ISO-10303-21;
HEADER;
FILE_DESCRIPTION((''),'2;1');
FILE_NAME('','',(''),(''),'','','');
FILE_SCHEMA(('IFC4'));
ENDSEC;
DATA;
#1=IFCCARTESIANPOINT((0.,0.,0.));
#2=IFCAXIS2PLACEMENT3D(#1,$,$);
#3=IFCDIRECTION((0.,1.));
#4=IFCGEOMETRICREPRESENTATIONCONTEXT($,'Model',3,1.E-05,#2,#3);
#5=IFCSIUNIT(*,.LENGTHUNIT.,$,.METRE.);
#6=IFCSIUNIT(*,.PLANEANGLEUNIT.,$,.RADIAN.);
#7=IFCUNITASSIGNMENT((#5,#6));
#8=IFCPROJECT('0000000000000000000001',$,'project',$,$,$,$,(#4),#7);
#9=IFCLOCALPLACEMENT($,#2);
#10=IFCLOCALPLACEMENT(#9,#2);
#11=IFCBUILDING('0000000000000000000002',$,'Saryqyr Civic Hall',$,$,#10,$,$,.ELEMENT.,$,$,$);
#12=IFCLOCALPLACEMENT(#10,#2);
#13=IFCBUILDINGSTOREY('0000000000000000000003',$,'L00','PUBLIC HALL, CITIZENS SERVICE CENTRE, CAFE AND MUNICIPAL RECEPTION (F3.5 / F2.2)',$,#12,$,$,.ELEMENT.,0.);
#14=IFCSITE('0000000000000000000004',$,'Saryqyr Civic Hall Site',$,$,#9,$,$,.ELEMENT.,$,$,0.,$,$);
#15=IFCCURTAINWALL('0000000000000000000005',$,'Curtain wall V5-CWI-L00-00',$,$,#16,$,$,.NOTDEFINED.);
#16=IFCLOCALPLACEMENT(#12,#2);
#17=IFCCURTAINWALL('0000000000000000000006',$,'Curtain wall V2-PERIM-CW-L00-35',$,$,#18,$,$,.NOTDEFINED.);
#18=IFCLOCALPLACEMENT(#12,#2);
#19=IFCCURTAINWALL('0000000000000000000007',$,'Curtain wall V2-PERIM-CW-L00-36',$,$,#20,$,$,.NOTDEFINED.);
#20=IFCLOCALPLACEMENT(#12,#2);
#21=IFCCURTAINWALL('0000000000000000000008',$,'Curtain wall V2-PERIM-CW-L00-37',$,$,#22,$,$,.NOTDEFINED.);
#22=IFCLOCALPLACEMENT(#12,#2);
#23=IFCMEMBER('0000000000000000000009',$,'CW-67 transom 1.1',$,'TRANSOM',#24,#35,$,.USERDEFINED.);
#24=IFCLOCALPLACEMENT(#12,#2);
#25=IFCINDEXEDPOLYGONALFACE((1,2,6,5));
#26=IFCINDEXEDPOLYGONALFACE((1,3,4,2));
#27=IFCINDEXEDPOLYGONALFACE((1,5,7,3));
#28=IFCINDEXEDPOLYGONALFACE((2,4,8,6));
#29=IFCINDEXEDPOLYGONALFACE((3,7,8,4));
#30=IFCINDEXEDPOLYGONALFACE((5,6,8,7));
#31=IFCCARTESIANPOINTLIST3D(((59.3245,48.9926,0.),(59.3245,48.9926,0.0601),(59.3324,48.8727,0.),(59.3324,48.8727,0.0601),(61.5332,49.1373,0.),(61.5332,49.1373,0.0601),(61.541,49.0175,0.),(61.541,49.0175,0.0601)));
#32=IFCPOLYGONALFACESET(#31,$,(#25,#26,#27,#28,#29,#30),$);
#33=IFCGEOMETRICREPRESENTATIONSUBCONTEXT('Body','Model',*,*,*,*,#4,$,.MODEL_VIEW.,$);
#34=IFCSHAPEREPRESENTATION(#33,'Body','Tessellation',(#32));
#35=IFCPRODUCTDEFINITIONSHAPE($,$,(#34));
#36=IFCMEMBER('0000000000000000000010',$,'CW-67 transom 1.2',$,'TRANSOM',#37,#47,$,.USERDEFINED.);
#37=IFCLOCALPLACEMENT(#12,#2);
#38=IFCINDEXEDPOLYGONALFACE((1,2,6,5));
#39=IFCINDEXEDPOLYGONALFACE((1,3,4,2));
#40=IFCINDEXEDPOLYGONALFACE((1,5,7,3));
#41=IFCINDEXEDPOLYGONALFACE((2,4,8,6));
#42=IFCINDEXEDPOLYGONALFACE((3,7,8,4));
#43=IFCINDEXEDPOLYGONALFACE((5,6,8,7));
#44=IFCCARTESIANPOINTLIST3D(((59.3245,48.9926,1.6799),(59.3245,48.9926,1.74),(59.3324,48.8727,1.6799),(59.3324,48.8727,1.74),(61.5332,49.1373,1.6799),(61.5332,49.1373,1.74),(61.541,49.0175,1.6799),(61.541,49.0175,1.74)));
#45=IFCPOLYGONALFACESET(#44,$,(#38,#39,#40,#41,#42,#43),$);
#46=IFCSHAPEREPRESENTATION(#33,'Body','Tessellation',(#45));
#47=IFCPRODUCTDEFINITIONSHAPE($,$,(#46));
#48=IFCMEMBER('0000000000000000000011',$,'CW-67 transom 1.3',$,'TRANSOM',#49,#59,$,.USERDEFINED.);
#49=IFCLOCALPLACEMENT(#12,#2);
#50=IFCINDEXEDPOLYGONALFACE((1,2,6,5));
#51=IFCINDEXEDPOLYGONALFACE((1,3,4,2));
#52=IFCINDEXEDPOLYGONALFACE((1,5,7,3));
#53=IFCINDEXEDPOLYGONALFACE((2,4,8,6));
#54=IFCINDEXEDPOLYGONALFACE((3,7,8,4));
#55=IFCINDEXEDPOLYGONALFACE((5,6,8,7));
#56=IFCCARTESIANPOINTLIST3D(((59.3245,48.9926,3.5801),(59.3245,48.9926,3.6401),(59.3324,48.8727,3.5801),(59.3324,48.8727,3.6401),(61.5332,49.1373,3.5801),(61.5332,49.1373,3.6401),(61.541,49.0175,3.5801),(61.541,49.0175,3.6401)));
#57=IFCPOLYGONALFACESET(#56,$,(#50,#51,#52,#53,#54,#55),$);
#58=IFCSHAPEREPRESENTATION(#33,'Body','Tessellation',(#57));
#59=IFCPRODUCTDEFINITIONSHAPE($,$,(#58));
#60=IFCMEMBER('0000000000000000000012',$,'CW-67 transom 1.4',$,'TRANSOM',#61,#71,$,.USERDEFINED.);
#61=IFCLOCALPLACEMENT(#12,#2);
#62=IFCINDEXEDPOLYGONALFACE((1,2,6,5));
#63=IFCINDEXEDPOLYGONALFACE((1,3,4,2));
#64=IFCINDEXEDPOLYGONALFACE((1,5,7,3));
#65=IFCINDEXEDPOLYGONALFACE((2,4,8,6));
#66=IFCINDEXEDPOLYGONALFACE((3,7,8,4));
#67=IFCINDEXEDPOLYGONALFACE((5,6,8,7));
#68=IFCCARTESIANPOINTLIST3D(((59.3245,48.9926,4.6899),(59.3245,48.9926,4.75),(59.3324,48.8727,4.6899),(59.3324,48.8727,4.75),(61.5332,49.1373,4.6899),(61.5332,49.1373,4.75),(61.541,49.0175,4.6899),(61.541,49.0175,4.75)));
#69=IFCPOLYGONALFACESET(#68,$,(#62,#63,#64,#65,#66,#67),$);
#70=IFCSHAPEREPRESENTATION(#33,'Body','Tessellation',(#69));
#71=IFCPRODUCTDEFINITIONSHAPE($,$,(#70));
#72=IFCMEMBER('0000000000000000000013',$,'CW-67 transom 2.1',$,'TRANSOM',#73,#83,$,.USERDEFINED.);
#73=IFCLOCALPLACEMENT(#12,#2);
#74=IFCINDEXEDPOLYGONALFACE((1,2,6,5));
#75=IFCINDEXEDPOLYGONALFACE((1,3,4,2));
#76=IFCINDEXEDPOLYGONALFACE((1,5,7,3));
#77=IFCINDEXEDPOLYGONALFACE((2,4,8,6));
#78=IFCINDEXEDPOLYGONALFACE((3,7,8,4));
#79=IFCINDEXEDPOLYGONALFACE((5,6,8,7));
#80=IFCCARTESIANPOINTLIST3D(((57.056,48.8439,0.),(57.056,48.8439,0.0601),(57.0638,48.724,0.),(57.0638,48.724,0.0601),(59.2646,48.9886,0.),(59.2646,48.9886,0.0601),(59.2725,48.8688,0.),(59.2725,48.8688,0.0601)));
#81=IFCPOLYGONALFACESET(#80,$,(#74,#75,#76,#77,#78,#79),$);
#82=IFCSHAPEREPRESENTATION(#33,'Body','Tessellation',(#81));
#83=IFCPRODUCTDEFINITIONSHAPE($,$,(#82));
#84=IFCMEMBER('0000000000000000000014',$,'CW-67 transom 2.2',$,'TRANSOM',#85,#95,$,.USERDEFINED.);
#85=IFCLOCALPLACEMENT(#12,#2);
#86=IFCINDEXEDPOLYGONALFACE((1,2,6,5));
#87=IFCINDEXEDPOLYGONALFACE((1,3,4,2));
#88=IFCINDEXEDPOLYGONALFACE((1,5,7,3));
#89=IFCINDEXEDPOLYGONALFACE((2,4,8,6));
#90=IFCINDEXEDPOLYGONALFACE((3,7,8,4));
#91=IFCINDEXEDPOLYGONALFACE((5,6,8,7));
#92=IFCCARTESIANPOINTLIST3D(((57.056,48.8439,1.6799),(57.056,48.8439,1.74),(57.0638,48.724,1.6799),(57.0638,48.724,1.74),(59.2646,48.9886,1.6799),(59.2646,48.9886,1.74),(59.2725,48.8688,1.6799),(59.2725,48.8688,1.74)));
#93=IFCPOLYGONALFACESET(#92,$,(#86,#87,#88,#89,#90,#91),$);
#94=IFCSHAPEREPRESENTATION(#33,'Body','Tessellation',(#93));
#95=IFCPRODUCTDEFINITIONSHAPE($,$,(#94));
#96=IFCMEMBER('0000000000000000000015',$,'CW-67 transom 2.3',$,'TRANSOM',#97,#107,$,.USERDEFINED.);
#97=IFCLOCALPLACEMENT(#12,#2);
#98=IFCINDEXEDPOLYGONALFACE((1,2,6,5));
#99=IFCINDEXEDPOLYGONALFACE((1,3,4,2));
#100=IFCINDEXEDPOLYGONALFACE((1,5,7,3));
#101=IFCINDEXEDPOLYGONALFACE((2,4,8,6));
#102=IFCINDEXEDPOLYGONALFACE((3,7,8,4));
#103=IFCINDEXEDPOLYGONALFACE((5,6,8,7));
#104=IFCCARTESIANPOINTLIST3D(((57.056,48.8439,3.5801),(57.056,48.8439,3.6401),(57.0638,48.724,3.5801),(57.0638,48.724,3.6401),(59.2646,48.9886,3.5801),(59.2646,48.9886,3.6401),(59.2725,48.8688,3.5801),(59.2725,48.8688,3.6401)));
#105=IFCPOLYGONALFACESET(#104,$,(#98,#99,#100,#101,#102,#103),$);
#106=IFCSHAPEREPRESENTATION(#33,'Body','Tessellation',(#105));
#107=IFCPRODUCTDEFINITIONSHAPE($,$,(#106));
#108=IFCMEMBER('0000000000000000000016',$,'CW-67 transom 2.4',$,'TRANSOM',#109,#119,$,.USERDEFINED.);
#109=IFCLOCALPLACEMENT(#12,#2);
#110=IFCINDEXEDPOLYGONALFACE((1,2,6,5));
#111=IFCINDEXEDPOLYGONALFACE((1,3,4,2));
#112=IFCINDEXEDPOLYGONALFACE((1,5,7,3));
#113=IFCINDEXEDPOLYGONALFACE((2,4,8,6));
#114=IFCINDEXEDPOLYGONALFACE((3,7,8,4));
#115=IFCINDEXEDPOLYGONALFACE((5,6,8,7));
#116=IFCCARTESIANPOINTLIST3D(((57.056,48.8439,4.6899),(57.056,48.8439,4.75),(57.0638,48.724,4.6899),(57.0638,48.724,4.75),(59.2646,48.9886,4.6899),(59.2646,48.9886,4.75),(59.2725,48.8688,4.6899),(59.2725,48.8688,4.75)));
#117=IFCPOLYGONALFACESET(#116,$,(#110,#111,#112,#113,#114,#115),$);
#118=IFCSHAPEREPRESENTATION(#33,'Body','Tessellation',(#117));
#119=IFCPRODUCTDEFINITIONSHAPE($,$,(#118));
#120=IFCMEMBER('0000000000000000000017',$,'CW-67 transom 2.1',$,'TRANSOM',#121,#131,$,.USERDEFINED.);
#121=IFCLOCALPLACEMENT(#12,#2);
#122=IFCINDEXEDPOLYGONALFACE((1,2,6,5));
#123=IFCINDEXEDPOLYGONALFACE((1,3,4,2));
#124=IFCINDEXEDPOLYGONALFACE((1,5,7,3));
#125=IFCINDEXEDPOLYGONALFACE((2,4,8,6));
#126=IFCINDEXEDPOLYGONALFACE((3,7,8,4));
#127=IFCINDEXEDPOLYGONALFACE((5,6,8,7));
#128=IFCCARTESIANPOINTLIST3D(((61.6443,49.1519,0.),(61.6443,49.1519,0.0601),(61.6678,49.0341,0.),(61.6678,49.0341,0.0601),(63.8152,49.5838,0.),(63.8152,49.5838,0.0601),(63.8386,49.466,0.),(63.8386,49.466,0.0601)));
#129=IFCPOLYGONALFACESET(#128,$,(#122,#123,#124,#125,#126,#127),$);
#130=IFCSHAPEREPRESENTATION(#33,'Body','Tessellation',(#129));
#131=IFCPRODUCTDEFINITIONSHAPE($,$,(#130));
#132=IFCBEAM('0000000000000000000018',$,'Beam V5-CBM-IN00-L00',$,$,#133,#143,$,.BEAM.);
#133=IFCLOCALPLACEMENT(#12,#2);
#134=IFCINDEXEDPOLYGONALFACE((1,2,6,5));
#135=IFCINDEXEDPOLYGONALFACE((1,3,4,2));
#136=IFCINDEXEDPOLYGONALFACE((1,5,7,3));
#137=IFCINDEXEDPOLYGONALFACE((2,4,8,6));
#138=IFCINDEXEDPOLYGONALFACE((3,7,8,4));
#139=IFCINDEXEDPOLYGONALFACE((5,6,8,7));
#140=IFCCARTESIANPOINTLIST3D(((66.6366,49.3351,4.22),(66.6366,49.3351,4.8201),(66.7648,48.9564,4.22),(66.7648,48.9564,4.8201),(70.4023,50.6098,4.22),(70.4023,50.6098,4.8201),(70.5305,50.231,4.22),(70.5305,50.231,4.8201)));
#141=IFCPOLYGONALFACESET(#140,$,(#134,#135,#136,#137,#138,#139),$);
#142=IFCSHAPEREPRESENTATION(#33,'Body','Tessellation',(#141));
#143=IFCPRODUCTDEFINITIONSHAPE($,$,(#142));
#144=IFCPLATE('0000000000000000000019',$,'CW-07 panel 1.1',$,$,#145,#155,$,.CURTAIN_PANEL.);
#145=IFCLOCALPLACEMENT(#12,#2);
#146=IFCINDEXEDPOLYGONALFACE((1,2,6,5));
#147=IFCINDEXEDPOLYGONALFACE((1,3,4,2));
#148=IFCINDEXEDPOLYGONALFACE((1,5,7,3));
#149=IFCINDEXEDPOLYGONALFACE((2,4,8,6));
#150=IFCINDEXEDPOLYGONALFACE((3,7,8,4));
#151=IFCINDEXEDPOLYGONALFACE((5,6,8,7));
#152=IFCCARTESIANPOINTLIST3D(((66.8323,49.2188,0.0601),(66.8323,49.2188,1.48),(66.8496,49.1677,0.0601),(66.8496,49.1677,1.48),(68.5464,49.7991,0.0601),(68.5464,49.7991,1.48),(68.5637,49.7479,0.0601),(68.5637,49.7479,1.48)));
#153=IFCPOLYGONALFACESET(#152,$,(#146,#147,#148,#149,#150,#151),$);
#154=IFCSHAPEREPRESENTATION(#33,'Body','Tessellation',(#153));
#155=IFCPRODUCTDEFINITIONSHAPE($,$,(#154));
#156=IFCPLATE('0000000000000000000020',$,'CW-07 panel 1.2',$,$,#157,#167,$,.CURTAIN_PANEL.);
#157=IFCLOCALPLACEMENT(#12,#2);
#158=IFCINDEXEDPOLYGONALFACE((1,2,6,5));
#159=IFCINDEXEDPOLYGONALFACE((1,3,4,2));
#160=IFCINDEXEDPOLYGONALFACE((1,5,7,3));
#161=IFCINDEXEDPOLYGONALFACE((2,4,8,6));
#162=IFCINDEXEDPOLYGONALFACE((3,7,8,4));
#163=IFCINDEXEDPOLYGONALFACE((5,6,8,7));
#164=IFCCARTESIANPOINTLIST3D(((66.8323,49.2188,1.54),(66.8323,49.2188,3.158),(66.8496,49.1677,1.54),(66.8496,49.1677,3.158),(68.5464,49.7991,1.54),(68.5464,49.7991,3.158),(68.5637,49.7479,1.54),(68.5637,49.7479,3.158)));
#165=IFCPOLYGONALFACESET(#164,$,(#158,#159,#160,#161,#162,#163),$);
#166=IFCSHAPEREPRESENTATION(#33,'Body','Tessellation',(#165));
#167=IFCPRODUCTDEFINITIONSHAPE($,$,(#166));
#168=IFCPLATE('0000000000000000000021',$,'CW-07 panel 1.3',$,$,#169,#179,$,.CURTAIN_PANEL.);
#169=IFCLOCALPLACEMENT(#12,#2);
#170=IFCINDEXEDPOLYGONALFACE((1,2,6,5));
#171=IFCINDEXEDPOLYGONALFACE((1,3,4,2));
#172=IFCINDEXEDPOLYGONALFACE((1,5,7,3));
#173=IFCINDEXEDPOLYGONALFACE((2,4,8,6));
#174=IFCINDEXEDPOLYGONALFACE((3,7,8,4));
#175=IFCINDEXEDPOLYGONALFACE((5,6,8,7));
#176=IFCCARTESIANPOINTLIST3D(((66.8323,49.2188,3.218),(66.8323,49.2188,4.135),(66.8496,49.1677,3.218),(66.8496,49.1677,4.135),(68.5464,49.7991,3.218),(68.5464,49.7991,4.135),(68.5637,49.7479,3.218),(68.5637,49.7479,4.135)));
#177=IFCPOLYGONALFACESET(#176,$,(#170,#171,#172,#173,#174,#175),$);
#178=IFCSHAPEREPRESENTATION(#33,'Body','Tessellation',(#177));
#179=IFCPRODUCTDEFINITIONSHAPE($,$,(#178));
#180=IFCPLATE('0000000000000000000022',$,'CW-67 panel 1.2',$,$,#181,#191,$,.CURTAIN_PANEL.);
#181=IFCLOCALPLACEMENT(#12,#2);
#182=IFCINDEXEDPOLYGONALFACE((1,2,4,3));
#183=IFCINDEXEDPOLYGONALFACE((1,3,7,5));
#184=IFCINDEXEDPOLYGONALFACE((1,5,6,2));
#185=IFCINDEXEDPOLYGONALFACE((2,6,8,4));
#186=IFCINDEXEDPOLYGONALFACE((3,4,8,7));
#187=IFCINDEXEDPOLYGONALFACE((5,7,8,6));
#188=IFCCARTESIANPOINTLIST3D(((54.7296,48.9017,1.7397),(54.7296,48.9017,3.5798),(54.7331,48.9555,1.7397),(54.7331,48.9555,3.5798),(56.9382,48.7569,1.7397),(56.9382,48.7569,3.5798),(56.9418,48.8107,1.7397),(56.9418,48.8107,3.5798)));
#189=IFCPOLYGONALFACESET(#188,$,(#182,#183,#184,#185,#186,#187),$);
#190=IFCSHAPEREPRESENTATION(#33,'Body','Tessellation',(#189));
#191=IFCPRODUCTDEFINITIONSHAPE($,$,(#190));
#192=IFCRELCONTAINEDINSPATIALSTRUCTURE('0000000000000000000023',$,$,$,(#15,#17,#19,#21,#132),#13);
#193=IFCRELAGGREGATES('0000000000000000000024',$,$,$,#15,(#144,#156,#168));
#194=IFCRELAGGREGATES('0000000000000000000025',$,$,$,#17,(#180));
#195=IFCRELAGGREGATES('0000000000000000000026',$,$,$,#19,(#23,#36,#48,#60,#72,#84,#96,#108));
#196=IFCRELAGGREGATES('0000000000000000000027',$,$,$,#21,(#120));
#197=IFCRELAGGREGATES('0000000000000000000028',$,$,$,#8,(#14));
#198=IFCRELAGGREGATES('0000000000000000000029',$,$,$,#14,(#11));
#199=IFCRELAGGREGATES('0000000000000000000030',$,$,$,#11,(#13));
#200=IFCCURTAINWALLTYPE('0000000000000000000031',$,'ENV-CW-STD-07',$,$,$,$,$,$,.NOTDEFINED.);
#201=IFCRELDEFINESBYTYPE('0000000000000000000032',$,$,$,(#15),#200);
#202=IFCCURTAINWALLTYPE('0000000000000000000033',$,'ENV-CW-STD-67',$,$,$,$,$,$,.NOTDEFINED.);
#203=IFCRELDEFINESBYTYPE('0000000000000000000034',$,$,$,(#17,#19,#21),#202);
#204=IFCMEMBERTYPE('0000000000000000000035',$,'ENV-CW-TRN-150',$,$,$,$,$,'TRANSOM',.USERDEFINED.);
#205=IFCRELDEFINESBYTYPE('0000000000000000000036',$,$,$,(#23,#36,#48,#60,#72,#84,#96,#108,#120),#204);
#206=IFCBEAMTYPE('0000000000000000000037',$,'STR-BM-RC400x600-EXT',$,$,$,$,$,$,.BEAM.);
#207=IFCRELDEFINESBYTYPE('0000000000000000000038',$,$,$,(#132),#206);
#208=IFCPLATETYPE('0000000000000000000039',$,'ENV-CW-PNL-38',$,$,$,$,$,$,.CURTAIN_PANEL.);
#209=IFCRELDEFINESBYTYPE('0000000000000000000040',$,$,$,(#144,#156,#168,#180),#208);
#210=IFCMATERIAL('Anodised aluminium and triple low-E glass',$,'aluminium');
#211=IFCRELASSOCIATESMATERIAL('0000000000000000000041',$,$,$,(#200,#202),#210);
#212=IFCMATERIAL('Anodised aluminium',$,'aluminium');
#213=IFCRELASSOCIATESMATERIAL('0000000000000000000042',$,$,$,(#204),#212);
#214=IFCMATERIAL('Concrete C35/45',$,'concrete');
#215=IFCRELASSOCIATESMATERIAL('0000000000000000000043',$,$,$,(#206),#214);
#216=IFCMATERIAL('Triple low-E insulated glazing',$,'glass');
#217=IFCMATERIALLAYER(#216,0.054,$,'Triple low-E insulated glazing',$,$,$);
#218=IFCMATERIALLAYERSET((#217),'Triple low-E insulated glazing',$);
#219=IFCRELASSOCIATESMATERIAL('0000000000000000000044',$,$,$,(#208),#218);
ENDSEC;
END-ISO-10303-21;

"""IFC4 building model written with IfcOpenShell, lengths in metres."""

from ifc_helpers import new_model, si_unit, direction, frame, origin, origin_2d, place, context, subcontext, project, spatial, rectangle, extrude, material, layer, layer_set, material_profile, profile_set, type_object, element, aggregate, save


model = new_model("IFC4")

# Units and contexts
model_context = context("Model", 3, precision=1e-05, world=origin(), true_north=direction((0.0, 1.0)))
body_context = subcontext(model_context, "Body", "Model", "MODEL_VIEW")
ifc_project = project(units=[si_unit("LENGTHUNIT", "METRE"), si_unit("PLANEANGLEUNIT", "RADIAN")], contexts=[model_context])

# Site, building, storey
site_placement = place(None, origin())
site = spatial("IfcSite", under=ifc_project, at=site_placement, Name="Saryqyr Civic Hall Site", CompositionType="ELEMENT", RefElevation=0.0)
building_placement = place(site_placement, origin())
building = spatial("IfcBuilding", under=site, at=building_placement, Name="Saryqyr Civic Hall", CompositionType="ELEMENT")
storey_placement = place(building_placement, origin())
storey = spatial("IfcBuildingStorey", under=building, at=storey_placement, Name="L00", Description="PUBLIC HALL, CITIZENS SERVICE CENTRE, CAFE AND MUNICIPAL RECEPTION (F3.5 / F2.2)", CompositionType="ELEMENT", Elevation=0.0)

# Curtain walls
ifc_material_1 = material(Name="Anodised aluminium and triple low-E glass", Category="aluminium")
curtain_wall_type_1 = type_object("IfcCurtainWallType", Name="ENV-CW-STD-07", PredefinedType="NOTDEFINED", material=ifc_material_1)
curtain_wall_1_placement = place(storey_placement, origin())
curtain_wall_1 = element("IfcCurtainWall", 1, at=curtain_wall_1_placement, inside=storey, type_object=curtain_wall_type_1, Name="Curtain wall V5-CWI-L00-00", PredefinedType="NOTDEFINED")
ifc_material_2 = material(Name="Anodised aluminium", Category="aluminium")
curtain_wall_type_2 = type_object("IfcCurtainWallType", Name="ENV-CW-STD-67", PredefinedType="NOTDEFINED", material=ifc_material_1)
curtain_wall_2_placement = place(storey_placement, origin())
curtain_wall_2 = element("IfcCurtainWall", 2, at=curtain_wall_2_placement, inside=storey, type_object=curtain_wall_type_2, Name="Curtain wall V2-PERIM-CW-L00-35", PredefinedType="NOTDEFINED")

# Curtain wall
curtain_wall_3_placement = place(storey_placement, origin())
curtain_wall_3 = element("IfcCurtainWall", 3, at=curtain_wall_3_placement, inside=storey, type_object=curtain_wall_type_2, Name="Curtain wall V2-PERIM-CW-L00-36", PredefinedType="NOTDEFINED")

# Curtain wall
curtain_wall_4_placement = place(storey_placement, origin())
curtain_wall_4 = element("IfcCurtainWall", 4, at=curtain_wall_4_placement, inside=storey, type_object=curtain_wall_type_2, Name="Curtain wall V2-PERIM-CW-L00-37", PredefinedType="NOTDEFINED")

# Members
ifc_material_profile_1 = material_profile(ifc_material_2, rectangle(XDim=0.1201, YDim=0.0601, at=origin_2d()), Name="ALU TRANSOM 120x60")
ifc_profile_set_1 = profile_set([ifc_material_profile_1], Name="Anodised aluminium")
member_type_1 = type_object("IfcMemberType", Name="ENV-CW-TRN-150", ElementType="TRANSOM", PredefinedType="USERDEFINED", material=ifc_profile_set_1)
member_1_placement = place(storey_placement, frame((61.5371, 49.0774, 0.03), z_axis=(-0.997859, -0.065406, 0.0), x_axis=(0.065406, -0.997859, 0.0)))
member_1 = element("IfcMember", 5, at=member_1_placement, type_object=member_type_1, Name="CW-67 transom 1.1", ObjectType="TRANSOM", PredefinedType="USERDEFINED", context=body_context, shape_type="SweptSolid", body=[
    extrude(rectangle(XDim=0.1201, YDim=0.0601, at=origin_2d()), origin(), (0.0, 0.0, 1.0), 2.2134),
])
member_2_placement = place(storey_placement, frame((61.5371, 49.0774, 1.71), z_axis=(-0.997859, -0.065406, 0.0), x_axis=(0.065406, -0.997859, 0.0)))
member_2 = element("IfcMember", 6, at=member_2_placement, type_object=member_type_1, Name="CW-67 transom 1.2", ObjectType="TRANSOM", PredefinedType="USERDEFINED", context=body_context, shape_type="SweptSolid", body=[
    extrude(rectangle(XDim=0.1201, YDim=0.0601, at=origin_2d()), origin(), (0.0, 0.0, 1.0), 2.2134),
])
member_3_placement = place(storey_placement, frame((61.5371, 49.0774, 3.6101), z_axis=(-0.997859, -0.065406, 0.0), x_axis=(0.065406, -0.997859, 0.0)))
member_3 = element("IfcMember", 7, at=member_3_placement, type_object=member_type_1, Name="CW-67 transom 1.3", ObjectType="TRANSOM", PredefinedType="USERDEFINED", context=body_context, shape_type="SweptSolid", body=[
    extrude(rectangle(XDim=0.1201, YDim=0.0601, at=origin_2d()), origin(), (0.0, 0.0, 1.0), 2.2134),
])
member_4_placement = place(storey_placement, frame((61.5371, 49.0774, 4.72), z_axis=(-0.997859, -0.065406, 0.0), x_axis=(0.065406, -0.997859, 0.0)))
member_4 = element("IfcMember", 8, at=member_4_placement, type_object=member_type_1, Name="CW-67 transom 1.4", ObjectType="TRANSOM", PredefinedType="USERDEFINED", context=body_context, shape_type="SweptSolid", body=[
    extrude(rectangle(XDim=0.1201, YDim=0.0601, at=origin_2d()), origin(), (0.0, 0.0, 1.0), 2.2134),
])
member_5_placement = place(storey_placement, frame((59.2686, 48.9287, 0.03), z_axis=(-0.997859, -0.065406, 0.0), x_axis=(0.065406, -0.997859, 0.0)))
member_5 = element("IfcMember", 9, at=member_5_placement, type_object=member_type_1, Name="CW-67 transom 2.1", ObjectType="TRANSOM", PredefinedType="USERDEFINED", context=body_context, shape_type="SweptSolid", body=[
    extrude(rectangle(XDim=0.1201, YDim=0.0601, at=origin_2d()), origin(), (0.0, 0.0, 1.0), 2.2134),
])
member_6_placement = place(storey_placement, frame((59.2686, 48.9287, 1.71), z_axis=(-0.997859, -0.065406, 0.0), x_axis=(0.065406, -0.997859, 0.0)))
member_6 = element("IfcMember", 10, at=member_6_placement, type_object=member_type_1, Name="CW-67 transom 2.2", ObjectType="TRANSOM", PredefinedType="USERDEFINED", context=body_context, shape_type="SweptSolid", body=[
    extrude(rectangle(XDim=0.1201, YDim=0.0601, at=origin_2d()), origin(), (0.0, 0.0, 1.0), 2.2134),
])
member_7_placement = place(storey_placement, frame((59.2686, 48.9287, 3.6101), z_axis=(-0.997859, -0.065406, 0.0), x_axis=(0.065406, -0.997859, 0.0)))
member_7 = element("IfcMember", 11, at=member_7_placement, type_object=member_type_1, Name="CW-67 transom 2.3", ObjectType="TRANSOM", PredefinedType="USERDEFINED", context=body_context, shape_type="SweptSolid", body=[
    extrude(rectangle(XDim=0.1201, YDim=0.0601, at=origin_2d()), origin(), (0.0, 0.0, 1.0), 2.2134),
])
member_8_placement = place(storey_placement, frame((59.2686, 48.9287, 4.72), z_axis=(-0.997859, -0.065406, 0.0), x_axis=(0.065406, -0.997859, 0.0)))
member_8 = element("IfcMember", 12, at=member_8_placement, type_object=member_type_1, Name="CW-67 transom 2.4", ObjectType="TRANSOM", PredefinedType="USERDEFINED", context=body_context, shape_type="SweptSolid", body=[
    extrude(rectangle(XDim=0.1201, YDim=0.0601, at=origin_2d()), origin(), (0.0, 0.0, 1.0), 2.2134),
])
member_9_placement = place(storey_placement, frame((63.8269, 49.5249, 0.03), z_axis=(-0.98078, -0.195119, 0.0), x_axis=(0.195119, -0.98078, 0.0)))
member_9 = element("IfcMember", 13, at=member_9_placement, type_object=member_type_1, Name="CW-67 transom 2.1", ObjectType="TRANSOM", PredefinedType="USERDEFINED", context=body_context, shape_type="SweptSolid", body=[
    extrude(rectangle(XDim=0.1201, YDim=0.0601, at=origin_2d()), origin(), (0.0, 0.0, 1.0), 2.2134),
])

# Beam
ifc_material_3 = material(Name="Concrete C35/45", Category="concrete")
ifc_material_profile_2 = material_profile(ifc_material_3, rectangle(XDim=0.3999, YDim=0.6001, at=origin_2d()), Name="RC 400x600")
ifc_profile_set_2 = profile_set([ifc_material_profile_2], Name="Concrete C35/45")
beam_type = type_object("IfcBeamType", Name="STR-BM-RC400x600-EXT", PredefinedType="BEAM", material=ifc_profile_set_2)
beam_placement = place(storey_placement, frame((66.7007, 49.1458, 4.52), z_axis=(0.947205, 0.320628, 0.0), x_axis=(-0.320628, 0.947205, 0.0)))
element("IfcBeam", 14, at=beam_placement, inside=storey, type_object=beam_type, Name="Beam V5-CBM-IN00-L00", PredefinedType="BEAM", context=body_context, shape_type="SweptSolid", body=[
    extrude(rectangle(XDim=0.3999, YDim=0.6001, at=origin_2d()), origin(), (0.0, 0.0, 1.0), 3.9756),
])

# Plates
ifc_material_4 = material(Name="Triple low-E insulated glazing", Category="glass")
ifc_layer = layer(ifc_material_4, 0.054, Name="Triple low-E insulated glazing")
ifc_layer_set = layer_set([ifc_layer], Name="Triple low-E insulated glazing")
plate_type = type_object("IfcPlateType", Name="ENV-CW-PNL-38", PredefinedType="CURTAIN_PANEL", material=ifc_layer_set)
plate_1_placement = place(storey_placement, frame((67.698, 49.4834, 0.0601), z_axis=(0.0, 0.0, 1.0), x_axis=(0.947204, 0.320631, 0.0)))
plate_1 = element("IfcPlate", 15, at=plate_1_placement, type_object=plate_type, Name="CW-07 panel 1.1", PredefinedType="CURTAIN_PANEL", context=body_context, shape_type="SweptSolid", body=[
    extrude(rectangle(XDim=1.8096, YDim=0.054, at=origin_2d()), origin(), (0.0, 0.0, 1.0), 1.4199),
])
plate_2_placement = place(storey_placement, frame((67.698, 49.4834, 1.54), z_axis=(0.0, 0.0, 1.0), x_axis=(0.947204, 0.320631, 0.0)))
plate_2 = element("IfcPlate", 16, at=plate_2_placement, type_object=plate_type, Name="CW-07 panel 1.2", PredefinedType="CURTAIN_PANEL", context=body_context, shape_type="SweptSolid", body=[
    extrude(rectangle(XDim=1.8096, YDim=0.054, at=origin_2d()), origin(), (0.0, 0.0, 1.0), 1.6179),
])
plate_3_placement = place(storey_placement, frame((67.698, 49.4834, 3.218), z_axis=(0.0, 0.0, 1.0), x_axis=(0.947204, 0.320631, 0.0)))
plate_3 = element("IfcPlate", 17, at=plate_3_placement, type_object=plate_type, Name="CW-07 panel 1.3", PredefinedType="CURTAIN_PANEL", context=body_context, shape_type="SweptSolid", body=[
    extrude(rectangle(XDim=1.8096, YDim=0.054, at=origin_2d()), origin(), (0.0, 0.0, 1.0), 0.917),
])
aggregate(curtain_wall_1, [plate_1, plate_2, plate_3])
plate_4_placement = place(storey_placement, frame((55.8357, 48.8562, 1.7397), z_axis=(0.0, 0.0, 1.0), x_axis=(-0.997859, 0.065401, 0.0)))
plate_4 = element("IfcPlate", 18, at=plate_4_placement, type_object=plate_type, Name="CW-67 panel 1.2", PredefinedType="CURTAIN_PANEL", context=body_context, shape_type="SweptSolid", body=[
    extrude(rectangle(XDim=2.2134, YDim=0.054, at=origin_2d()), origin(), (0.0, 0.0, 1.0), 1.8401),
])
aggregate(curtain_wall_2, [plate_4])
aggregate(curtain_wall_3, [member_1, member_2, member_3, member_4, member_5, member_6, member_7, member_8])
aggregate(curtain_wall_4, [member_9])

save(model, "model.ifc")
